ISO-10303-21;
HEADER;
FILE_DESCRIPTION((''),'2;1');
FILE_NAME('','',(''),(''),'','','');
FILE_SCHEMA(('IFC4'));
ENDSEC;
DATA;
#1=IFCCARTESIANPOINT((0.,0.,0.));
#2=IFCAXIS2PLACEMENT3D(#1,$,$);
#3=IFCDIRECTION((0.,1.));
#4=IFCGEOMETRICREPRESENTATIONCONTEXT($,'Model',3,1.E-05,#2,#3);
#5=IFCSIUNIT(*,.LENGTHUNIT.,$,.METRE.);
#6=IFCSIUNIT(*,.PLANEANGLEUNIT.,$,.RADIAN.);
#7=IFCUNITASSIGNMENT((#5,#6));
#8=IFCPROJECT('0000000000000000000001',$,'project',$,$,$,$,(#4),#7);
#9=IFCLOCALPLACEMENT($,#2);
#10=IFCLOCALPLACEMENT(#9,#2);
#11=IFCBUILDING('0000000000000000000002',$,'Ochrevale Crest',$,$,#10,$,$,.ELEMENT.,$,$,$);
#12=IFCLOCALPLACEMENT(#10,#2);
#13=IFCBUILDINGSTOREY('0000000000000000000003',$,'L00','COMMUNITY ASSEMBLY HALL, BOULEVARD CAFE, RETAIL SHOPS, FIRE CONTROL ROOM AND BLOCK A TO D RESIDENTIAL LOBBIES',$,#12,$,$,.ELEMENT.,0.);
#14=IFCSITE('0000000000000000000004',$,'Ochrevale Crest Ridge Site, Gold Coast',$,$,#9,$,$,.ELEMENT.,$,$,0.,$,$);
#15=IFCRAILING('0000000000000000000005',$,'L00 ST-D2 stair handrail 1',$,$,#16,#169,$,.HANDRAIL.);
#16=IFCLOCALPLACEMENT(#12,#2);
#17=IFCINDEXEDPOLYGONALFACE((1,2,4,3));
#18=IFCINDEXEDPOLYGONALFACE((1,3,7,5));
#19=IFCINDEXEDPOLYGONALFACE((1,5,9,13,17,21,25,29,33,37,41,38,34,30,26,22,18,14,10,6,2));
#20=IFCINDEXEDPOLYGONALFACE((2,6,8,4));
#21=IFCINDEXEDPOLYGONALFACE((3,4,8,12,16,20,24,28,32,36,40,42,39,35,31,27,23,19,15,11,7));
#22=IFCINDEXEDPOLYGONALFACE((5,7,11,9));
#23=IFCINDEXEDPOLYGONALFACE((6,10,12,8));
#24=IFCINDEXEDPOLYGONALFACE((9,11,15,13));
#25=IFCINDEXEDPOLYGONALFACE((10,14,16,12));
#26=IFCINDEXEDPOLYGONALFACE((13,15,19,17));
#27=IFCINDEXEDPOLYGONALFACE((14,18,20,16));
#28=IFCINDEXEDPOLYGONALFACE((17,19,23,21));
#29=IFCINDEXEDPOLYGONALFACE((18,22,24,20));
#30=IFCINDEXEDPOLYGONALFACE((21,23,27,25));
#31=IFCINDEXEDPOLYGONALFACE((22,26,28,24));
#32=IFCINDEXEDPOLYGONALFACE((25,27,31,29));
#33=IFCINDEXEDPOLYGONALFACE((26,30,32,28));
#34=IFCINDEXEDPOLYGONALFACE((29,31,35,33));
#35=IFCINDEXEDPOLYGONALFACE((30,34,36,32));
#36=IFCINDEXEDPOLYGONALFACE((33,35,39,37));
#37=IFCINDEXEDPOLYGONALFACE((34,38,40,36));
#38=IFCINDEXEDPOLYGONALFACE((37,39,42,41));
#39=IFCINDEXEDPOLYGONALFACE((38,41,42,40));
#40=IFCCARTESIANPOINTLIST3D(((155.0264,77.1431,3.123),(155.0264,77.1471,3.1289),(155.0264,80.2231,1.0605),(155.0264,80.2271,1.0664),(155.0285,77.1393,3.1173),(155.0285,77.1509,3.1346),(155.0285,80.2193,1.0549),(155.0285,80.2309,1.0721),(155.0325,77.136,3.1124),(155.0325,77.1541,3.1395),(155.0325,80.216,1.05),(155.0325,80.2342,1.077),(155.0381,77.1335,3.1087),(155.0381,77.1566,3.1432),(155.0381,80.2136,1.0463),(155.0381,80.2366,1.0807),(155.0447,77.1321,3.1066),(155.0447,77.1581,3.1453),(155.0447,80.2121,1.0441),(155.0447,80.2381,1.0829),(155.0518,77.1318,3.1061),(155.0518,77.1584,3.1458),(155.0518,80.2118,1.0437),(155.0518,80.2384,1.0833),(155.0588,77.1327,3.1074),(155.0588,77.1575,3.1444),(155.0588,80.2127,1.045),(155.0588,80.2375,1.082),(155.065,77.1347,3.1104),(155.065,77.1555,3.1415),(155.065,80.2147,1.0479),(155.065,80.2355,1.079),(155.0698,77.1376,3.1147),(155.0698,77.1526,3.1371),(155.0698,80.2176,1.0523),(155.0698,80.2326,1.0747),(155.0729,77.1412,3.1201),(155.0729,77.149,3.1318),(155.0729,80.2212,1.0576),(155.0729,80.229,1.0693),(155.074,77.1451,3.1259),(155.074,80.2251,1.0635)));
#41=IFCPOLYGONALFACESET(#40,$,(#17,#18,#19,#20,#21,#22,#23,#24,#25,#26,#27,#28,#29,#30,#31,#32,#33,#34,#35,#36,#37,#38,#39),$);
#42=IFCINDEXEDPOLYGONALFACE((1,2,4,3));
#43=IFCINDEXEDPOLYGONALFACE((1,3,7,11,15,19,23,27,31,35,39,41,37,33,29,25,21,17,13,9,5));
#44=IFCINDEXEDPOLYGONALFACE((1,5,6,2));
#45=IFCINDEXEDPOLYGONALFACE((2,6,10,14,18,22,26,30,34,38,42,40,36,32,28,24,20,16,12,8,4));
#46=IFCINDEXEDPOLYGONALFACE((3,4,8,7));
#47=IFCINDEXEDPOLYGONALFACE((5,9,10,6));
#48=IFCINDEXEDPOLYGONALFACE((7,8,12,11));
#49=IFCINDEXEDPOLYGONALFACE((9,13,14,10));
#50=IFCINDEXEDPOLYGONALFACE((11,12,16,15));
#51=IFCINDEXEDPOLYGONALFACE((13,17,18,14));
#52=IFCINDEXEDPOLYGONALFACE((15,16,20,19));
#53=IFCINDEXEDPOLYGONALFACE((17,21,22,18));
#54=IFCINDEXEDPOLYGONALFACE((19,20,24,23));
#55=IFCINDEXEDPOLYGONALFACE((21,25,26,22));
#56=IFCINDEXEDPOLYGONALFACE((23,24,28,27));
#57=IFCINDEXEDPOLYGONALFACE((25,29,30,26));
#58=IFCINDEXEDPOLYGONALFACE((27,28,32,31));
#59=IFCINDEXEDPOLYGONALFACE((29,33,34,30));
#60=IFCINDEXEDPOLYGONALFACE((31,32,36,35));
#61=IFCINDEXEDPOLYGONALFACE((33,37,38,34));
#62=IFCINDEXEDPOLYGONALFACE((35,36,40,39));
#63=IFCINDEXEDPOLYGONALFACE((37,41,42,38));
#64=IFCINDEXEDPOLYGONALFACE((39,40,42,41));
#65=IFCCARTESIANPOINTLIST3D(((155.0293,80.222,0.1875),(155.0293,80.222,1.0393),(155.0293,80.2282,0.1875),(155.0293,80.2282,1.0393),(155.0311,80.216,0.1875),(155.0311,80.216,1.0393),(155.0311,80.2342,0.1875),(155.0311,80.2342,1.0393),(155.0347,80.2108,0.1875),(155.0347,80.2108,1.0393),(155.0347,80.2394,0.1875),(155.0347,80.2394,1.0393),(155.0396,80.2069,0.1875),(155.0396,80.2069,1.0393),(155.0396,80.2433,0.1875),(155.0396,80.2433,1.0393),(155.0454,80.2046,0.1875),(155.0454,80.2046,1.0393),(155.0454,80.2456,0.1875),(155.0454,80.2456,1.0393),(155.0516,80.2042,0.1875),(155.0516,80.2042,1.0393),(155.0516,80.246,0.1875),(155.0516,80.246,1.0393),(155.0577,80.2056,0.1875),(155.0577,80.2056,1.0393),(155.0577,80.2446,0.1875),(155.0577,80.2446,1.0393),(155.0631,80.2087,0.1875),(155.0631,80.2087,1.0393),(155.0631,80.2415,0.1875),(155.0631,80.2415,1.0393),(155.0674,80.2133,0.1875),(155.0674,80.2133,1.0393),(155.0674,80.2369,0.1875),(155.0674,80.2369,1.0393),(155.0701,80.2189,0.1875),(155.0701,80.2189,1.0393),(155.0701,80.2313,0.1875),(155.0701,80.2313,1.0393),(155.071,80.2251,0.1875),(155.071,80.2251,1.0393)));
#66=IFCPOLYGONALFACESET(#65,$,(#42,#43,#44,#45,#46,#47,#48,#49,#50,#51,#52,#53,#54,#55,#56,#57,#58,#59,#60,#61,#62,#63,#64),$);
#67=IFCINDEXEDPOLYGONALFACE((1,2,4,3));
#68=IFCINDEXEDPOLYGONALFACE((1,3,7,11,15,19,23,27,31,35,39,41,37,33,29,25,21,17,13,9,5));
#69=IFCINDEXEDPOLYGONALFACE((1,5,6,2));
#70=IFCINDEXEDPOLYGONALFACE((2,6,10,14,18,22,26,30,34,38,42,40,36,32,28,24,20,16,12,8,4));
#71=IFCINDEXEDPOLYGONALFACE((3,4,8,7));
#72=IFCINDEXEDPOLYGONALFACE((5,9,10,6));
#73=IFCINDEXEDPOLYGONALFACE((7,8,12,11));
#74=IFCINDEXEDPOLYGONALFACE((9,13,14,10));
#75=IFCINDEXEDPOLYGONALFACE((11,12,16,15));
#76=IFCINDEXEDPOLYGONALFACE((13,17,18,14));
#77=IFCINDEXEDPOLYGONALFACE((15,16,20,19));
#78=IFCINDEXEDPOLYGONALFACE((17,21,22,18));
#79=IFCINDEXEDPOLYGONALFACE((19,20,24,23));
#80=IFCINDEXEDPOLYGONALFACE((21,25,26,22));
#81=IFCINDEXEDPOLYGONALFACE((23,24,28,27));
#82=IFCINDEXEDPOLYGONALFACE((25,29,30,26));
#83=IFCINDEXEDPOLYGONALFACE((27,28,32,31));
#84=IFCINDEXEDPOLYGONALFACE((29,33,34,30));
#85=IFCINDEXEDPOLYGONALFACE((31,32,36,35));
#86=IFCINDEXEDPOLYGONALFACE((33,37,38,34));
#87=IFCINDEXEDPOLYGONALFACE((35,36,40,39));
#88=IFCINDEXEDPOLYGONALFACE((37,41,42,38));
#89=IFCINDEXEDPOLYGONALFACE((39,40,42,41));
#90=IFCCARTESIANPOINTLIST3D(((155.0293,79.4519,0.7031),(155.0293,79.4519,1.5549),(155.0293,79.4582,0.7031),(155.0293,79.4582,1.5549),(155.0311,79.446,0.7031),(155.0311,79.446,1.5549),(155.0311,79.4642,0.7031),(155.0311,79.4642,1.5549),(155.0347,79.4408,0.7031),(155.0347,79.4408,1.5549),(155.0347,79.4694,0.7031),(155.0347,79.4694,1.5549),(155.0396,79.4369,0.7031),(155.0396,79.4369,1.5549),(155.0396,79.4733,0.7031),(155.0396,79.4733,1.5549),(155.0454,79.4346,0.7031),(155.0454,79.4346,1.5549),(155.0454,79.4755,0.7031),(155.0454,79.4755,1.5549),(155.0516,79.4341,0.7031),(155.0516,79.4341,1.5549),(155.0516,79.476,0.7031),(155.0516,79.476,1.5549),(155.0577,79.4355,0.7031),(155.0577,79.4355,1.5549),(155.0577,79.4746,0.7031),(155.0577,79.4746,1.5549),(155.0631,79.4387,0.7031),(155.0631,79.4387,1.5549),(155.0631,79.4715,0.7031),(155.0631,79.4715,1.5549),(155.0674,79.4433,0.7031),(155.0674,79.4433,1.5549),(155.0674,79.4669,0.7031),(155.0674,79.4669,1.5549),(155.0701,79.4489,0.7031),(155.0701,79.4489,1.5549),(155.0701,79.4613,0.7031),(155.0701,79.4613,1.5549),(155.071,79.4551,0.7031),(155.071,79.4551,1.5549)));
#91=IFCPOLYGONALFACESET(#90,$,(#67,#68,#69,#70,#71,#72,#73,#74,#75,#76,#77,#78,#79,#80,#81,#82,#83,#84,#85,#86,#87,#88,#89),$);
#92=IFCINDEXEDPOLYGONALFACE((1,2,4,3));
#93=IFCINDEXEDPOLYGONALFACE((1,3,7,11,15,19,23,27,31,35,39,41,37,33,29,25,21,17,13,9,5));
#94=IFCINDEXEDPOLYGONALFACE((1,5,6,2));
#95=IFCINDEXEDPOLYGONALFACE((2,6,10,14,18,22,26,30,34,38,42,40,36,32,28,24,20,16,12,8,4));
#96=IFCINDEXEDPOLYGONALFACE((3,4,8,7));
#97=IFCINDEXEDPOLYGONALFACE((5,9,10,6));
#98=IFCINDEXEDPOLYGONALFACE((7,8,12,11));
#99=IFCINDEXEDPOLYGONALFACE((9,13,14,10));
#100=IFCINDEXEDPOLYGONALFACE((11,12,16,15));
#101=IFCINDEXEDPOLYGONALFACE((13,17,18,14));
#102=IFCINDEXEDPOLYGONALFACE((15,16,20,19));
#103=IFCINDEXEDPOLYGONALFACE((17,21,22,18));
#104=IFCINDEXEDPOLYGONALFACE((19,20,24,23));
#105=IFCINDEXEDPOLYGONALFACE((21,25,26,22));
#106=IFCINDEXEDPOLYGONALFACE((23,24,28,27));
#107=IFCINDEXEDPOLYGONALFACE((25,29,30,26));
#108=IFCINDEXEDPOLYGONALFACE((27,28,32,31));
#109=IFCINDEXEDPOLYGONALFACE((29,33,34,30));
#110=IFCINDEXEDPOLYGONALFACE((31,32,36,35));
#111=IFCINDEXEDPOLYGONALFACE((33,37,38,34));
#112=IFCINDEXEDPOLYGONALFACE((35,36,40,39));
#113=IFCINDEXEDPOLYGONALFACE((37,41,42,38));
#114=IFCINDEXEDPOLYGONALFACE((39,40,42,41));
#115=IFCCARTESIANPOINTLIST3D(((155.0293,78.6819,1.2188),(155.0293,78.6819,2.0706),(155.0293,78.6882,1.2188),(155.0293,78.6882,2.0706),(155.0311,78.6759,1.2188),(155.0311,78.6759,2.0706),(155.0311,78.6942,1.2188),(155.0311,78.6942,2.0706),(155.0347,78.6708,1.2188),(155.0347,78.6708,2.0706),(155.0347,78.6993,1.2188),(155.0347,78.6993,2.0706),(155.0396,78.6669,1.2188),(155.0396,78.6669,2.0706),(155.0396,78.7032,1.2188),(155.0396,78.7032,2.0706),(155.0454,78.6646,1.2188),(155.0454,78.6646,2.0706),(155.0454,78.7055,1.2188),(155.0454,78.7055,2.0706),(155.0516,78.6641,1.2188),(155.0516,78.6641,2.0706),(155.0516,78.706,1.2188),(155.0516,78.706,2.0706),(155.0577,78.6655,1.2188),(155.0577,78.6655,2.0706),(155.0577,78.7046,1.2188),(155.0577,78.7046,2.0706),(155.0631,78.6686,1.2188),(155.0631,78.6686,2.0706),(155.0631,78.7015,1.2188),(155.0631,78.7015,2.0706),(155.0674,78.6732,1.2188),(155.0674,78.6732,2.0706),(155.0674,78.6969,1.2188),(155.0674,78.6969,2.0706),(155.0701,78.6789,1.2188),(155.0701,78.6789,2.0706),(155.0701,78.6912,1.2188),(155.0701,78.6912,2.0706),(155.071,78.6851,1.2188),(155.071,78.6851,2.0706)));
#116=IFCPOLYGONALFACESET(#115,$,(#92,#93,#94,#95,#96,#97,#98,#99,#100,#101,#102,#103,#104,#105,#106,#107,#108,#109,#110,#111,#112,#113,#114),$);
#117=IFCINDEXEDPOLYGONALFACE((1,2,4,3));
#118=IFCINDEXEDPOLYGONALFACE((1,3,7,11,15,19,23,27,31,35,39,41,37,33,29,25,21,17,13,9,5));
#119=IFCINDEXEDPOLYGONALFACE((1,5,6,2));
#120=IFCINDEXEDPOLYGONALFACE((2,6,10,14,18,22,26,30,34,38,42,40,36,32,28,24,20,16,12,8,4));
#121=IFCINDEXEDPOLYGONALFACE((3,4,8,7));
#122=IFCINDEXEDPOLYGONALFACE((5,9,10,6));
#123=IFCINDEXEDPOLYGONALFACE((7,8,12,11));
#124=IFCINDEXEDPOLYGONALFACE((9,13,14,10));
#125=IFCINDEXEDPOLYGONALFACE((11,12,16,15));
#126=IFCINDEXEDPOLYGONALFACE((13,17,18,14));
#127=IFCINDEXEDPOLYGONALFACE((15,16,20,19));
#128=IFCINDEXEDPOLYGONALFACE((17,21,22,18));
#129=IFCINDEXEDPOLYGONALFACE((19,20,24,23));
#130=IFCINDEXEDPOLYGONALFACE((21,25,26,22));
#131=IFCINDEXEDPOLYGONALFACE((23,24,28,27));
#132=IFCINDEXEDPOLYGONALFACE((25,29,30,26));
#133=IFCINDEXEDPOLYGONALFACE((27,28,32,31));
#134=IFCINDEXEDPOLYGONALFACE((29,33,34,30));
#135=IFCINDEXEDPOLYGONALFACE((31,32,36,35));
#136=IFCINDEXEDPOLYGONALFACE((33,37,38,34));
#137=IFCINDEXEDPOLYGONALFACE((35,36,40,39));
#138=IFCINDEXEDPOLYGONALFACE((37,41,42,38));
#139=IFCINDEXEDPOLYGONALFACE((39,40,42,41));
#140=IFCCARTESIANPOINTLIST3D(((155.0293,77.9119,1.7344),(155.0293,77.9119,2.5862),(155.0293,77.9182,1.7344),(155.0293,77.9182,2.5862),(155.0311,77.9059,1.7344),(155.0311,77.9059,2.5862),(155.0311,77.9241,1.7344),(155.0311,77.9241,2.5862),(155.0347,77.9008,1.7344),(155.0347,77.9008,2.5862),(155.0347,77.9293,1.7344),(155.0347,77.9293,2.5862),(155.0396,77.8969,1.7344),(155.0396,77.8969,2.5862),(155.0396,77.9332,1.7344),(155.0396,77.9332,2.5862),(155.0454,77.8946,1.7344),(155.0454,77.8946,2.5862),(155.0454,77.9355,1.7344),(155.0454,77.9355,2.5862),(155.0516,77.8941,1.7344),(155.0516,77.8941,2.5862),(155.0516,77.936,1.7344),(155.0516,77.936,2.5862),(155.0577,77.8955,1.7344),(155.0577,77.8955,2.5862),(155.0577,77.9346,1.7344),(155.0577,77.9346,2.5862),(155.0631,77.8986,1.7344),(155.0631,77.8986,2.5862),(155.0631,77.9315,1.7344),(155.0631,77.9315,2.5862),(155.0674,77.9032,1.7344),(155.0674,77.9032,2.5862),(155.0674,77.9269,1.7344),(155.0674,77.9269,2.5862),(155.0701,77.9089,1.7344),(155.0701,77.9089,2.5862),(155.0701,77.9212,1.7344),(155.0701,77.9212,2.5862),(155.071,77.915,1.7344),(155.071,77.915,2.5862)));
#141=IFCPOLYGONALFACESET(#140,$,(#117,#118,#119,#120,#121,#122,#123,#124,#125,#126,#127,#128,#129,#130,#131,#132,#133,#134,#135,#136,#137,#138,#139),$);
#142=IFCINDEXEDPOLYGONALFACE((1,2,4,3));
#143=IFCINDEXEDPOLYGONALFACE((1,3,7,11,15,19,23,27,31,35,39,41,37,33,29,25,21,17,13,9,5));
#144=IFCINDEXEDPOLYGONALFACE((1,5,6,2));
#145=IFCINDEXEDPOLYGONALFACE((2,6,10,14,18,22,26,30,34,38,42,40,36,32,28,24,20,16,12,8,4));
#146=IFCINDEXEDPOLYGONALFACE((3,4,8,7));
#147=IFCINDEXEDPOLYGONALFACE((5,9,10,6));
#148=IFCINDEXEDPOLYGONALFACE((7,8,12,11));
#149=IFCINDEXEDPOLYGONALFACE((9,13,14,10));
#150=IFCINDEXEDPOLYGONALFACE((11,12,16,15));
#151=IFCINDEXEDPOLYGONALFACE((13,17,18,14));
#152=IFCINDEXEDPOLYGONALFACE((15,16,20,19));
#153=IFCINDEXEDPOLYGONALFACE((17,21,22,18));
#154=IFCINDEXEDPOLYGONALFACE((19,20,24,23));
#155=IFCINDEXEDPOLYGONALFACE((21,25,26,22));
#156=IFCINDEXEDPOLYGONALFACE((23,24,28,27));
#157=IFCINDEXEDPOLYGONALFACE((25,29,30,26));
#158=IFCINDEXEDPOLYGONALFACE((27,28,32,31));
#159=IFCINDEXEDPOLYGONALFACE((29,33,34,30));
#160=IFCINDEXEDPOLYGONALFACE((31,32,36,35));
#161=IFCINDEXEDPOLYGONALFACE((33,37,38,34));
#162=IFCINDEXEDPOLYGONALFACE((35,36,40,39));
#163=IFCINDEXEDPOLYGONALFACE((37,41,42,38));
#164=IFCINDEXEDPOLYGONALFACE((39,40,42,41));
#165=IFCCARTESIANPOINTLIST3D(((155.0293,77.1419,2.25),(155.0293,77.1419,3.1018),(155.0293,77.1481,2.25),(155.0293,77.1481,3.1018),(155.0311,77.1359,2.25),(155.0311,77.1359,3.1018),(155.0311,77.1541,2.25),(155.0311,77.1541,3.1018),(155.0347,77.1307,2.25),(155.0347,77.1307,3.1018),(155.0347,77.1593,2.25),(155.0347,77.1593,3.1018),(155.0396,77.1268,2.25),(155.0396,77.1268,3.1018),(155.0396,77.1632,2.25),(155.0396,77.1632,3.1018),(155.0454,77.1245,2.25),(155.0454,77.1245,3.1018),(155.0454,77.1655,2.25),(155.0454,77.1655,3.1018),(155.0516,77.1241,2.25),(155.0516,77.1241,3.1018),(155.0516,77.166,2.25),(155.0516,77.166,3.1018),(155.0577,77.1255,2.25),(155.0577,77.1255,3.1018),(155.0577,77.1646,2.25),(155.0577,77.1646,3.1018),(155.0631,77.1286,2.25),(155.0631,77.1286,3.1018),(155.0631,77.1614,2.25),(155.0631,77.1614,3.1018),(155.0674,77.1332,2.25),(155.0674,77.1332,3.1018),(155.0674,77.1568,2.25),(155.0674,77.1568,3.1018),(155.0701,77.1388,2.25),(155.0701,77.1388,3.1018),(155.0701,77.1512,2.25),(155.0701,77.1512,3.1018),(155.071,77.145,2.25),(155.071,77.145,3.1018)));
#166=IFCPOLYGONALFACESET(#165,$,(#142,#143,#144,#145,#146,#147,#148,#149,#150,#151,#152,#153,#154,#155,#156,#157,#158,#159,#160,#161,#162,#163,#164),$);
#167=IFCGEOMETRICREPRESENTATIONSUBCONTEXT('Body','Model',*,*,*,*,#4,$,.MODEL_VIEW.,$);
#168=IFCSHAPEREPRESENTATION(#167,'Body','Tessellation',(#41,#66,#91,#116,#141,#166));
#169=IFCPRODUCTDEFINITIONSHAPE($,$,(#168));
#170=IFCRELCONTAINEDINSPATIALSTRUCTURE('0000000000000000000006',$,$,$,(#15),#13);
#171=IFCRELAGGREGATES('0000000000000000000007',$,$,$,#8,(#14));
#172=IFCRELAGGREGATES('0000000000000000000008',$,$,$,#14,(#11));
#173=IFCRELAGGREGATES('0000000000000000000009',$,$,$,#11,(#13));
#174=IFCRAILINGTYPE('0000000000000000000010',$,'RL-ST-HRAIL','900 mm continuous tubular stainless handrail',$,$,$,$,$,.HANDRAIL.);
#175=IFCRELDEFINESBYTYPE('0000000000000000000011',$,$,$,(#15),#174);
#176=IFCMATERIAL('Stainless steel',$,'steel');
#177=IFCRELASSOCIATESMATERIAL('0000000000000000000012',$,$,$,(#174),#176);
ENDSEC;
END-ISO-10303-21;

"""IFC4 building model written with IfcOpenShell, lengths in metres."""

from ifc_helpers import new_model, si_unit, direction, frame, origin, origin_2d, place, context, subcontext, project, spatial, circle, extrude, material, type_object, element, save


model = new_model("IFC4")

# Units and contexts
model_context = context("Model", 3, precision=1e-05, world=origin(), true_north=direction((0.0, 1.0)))
body_context = subcontext(model_context, "Body", "Model", "MODEL_VIEW")
ifc_project = project(units=[si_unit("LENGTHUNIT", "METRE"), si_unit("PLANEANGLEUNIT", "RADIAN")], contexts=[model_context])

# Site, building, storey
site_placement = place(None, origin())
site = spatial("IfcSite", under=ifc_project, at=site_placement, Name="Ochrevale Crest Ridge Site, Gold Coast", CompositionType="ELEMENT", RefElevation=0.0)
building_placement = place(site_placement, origin())
building = spatial("IfcBuilding", under=site, at=building_placement, Name="Ochrevale Crest", CompositionType="ELEMENT")
storey_placement = place(building_placement, origin())
storey = spatial("IfcBuildingStorey", under=building, at=storey_placement, Name="L00", Description="COMMUNITY ASSEMBLY HALL, BOULEVARD CAFE, RETAIL SHOPS, FIRE CONTROL ROOM AND BLOCK A TO D RESIDENTIAL LOBBIES", CompositionType="ELEMENT", Elevation=0.0)

# Railing
ifc_material_1 = material(Name="Stainless steel", Category="steel")
railing_type_1 = type_object("IfcRailingType", Name="RL-ST-HRAIL", Description="900 mm continuous tubular stainless handrail", PredefinedType="HANDRAIL", material=ifc_material_1)
railing_1_placement = place(storey_placement, frame((155.05, 80.2251, 0.1875)))
element("IfcRailing", 1, at=railing_1_placement, inside=storey, type_object=railing_type_1, Name="L00 ST-D2 stair handrail 1", PredefinedType="HANDRAIL", context=body_context, shape_type="SweptSolid", body=[
    extrude(circle(Radius=0.0239, at=origin_2d()), frame((0.0, 0.0, 0.876), z_axis=(0.0, -0.830914, 0.556401), x_axis=(1.0, 0.0, 0.0)), (0.0, 0.0, 1.0), 3.7068),
    extrude(circle(Radius=0.021, at=origin_2d()), origin(), (0.0, 0.0, 1.0), 0.8518),
    extrude(circle(Radius=0.021, at=origin_2d()), frame((0.0, -0.77, 0.5156)), (0.0, 0.0, 1.0), 0.8518),
    extrude(circle(Radius=0.021, at=origin_2d()), frame((0.0, -1.54, 1.0312)), (0.0, 0.0, 1.0), 0.8518),
    extrude(circle(Radius=0.021, at=origin_2d()), frame((0.0, -2.3101, 1.5469)), (0.0, 0.0, 1.0), 0.8518),
    extrude(circle(Radius=0.021, at=origin_2d()), frame((0.0, -3.0801, 2.0625)), (0.0, 0.0, 1.0), 0.8518),
])

save(model, "model.ifc")
